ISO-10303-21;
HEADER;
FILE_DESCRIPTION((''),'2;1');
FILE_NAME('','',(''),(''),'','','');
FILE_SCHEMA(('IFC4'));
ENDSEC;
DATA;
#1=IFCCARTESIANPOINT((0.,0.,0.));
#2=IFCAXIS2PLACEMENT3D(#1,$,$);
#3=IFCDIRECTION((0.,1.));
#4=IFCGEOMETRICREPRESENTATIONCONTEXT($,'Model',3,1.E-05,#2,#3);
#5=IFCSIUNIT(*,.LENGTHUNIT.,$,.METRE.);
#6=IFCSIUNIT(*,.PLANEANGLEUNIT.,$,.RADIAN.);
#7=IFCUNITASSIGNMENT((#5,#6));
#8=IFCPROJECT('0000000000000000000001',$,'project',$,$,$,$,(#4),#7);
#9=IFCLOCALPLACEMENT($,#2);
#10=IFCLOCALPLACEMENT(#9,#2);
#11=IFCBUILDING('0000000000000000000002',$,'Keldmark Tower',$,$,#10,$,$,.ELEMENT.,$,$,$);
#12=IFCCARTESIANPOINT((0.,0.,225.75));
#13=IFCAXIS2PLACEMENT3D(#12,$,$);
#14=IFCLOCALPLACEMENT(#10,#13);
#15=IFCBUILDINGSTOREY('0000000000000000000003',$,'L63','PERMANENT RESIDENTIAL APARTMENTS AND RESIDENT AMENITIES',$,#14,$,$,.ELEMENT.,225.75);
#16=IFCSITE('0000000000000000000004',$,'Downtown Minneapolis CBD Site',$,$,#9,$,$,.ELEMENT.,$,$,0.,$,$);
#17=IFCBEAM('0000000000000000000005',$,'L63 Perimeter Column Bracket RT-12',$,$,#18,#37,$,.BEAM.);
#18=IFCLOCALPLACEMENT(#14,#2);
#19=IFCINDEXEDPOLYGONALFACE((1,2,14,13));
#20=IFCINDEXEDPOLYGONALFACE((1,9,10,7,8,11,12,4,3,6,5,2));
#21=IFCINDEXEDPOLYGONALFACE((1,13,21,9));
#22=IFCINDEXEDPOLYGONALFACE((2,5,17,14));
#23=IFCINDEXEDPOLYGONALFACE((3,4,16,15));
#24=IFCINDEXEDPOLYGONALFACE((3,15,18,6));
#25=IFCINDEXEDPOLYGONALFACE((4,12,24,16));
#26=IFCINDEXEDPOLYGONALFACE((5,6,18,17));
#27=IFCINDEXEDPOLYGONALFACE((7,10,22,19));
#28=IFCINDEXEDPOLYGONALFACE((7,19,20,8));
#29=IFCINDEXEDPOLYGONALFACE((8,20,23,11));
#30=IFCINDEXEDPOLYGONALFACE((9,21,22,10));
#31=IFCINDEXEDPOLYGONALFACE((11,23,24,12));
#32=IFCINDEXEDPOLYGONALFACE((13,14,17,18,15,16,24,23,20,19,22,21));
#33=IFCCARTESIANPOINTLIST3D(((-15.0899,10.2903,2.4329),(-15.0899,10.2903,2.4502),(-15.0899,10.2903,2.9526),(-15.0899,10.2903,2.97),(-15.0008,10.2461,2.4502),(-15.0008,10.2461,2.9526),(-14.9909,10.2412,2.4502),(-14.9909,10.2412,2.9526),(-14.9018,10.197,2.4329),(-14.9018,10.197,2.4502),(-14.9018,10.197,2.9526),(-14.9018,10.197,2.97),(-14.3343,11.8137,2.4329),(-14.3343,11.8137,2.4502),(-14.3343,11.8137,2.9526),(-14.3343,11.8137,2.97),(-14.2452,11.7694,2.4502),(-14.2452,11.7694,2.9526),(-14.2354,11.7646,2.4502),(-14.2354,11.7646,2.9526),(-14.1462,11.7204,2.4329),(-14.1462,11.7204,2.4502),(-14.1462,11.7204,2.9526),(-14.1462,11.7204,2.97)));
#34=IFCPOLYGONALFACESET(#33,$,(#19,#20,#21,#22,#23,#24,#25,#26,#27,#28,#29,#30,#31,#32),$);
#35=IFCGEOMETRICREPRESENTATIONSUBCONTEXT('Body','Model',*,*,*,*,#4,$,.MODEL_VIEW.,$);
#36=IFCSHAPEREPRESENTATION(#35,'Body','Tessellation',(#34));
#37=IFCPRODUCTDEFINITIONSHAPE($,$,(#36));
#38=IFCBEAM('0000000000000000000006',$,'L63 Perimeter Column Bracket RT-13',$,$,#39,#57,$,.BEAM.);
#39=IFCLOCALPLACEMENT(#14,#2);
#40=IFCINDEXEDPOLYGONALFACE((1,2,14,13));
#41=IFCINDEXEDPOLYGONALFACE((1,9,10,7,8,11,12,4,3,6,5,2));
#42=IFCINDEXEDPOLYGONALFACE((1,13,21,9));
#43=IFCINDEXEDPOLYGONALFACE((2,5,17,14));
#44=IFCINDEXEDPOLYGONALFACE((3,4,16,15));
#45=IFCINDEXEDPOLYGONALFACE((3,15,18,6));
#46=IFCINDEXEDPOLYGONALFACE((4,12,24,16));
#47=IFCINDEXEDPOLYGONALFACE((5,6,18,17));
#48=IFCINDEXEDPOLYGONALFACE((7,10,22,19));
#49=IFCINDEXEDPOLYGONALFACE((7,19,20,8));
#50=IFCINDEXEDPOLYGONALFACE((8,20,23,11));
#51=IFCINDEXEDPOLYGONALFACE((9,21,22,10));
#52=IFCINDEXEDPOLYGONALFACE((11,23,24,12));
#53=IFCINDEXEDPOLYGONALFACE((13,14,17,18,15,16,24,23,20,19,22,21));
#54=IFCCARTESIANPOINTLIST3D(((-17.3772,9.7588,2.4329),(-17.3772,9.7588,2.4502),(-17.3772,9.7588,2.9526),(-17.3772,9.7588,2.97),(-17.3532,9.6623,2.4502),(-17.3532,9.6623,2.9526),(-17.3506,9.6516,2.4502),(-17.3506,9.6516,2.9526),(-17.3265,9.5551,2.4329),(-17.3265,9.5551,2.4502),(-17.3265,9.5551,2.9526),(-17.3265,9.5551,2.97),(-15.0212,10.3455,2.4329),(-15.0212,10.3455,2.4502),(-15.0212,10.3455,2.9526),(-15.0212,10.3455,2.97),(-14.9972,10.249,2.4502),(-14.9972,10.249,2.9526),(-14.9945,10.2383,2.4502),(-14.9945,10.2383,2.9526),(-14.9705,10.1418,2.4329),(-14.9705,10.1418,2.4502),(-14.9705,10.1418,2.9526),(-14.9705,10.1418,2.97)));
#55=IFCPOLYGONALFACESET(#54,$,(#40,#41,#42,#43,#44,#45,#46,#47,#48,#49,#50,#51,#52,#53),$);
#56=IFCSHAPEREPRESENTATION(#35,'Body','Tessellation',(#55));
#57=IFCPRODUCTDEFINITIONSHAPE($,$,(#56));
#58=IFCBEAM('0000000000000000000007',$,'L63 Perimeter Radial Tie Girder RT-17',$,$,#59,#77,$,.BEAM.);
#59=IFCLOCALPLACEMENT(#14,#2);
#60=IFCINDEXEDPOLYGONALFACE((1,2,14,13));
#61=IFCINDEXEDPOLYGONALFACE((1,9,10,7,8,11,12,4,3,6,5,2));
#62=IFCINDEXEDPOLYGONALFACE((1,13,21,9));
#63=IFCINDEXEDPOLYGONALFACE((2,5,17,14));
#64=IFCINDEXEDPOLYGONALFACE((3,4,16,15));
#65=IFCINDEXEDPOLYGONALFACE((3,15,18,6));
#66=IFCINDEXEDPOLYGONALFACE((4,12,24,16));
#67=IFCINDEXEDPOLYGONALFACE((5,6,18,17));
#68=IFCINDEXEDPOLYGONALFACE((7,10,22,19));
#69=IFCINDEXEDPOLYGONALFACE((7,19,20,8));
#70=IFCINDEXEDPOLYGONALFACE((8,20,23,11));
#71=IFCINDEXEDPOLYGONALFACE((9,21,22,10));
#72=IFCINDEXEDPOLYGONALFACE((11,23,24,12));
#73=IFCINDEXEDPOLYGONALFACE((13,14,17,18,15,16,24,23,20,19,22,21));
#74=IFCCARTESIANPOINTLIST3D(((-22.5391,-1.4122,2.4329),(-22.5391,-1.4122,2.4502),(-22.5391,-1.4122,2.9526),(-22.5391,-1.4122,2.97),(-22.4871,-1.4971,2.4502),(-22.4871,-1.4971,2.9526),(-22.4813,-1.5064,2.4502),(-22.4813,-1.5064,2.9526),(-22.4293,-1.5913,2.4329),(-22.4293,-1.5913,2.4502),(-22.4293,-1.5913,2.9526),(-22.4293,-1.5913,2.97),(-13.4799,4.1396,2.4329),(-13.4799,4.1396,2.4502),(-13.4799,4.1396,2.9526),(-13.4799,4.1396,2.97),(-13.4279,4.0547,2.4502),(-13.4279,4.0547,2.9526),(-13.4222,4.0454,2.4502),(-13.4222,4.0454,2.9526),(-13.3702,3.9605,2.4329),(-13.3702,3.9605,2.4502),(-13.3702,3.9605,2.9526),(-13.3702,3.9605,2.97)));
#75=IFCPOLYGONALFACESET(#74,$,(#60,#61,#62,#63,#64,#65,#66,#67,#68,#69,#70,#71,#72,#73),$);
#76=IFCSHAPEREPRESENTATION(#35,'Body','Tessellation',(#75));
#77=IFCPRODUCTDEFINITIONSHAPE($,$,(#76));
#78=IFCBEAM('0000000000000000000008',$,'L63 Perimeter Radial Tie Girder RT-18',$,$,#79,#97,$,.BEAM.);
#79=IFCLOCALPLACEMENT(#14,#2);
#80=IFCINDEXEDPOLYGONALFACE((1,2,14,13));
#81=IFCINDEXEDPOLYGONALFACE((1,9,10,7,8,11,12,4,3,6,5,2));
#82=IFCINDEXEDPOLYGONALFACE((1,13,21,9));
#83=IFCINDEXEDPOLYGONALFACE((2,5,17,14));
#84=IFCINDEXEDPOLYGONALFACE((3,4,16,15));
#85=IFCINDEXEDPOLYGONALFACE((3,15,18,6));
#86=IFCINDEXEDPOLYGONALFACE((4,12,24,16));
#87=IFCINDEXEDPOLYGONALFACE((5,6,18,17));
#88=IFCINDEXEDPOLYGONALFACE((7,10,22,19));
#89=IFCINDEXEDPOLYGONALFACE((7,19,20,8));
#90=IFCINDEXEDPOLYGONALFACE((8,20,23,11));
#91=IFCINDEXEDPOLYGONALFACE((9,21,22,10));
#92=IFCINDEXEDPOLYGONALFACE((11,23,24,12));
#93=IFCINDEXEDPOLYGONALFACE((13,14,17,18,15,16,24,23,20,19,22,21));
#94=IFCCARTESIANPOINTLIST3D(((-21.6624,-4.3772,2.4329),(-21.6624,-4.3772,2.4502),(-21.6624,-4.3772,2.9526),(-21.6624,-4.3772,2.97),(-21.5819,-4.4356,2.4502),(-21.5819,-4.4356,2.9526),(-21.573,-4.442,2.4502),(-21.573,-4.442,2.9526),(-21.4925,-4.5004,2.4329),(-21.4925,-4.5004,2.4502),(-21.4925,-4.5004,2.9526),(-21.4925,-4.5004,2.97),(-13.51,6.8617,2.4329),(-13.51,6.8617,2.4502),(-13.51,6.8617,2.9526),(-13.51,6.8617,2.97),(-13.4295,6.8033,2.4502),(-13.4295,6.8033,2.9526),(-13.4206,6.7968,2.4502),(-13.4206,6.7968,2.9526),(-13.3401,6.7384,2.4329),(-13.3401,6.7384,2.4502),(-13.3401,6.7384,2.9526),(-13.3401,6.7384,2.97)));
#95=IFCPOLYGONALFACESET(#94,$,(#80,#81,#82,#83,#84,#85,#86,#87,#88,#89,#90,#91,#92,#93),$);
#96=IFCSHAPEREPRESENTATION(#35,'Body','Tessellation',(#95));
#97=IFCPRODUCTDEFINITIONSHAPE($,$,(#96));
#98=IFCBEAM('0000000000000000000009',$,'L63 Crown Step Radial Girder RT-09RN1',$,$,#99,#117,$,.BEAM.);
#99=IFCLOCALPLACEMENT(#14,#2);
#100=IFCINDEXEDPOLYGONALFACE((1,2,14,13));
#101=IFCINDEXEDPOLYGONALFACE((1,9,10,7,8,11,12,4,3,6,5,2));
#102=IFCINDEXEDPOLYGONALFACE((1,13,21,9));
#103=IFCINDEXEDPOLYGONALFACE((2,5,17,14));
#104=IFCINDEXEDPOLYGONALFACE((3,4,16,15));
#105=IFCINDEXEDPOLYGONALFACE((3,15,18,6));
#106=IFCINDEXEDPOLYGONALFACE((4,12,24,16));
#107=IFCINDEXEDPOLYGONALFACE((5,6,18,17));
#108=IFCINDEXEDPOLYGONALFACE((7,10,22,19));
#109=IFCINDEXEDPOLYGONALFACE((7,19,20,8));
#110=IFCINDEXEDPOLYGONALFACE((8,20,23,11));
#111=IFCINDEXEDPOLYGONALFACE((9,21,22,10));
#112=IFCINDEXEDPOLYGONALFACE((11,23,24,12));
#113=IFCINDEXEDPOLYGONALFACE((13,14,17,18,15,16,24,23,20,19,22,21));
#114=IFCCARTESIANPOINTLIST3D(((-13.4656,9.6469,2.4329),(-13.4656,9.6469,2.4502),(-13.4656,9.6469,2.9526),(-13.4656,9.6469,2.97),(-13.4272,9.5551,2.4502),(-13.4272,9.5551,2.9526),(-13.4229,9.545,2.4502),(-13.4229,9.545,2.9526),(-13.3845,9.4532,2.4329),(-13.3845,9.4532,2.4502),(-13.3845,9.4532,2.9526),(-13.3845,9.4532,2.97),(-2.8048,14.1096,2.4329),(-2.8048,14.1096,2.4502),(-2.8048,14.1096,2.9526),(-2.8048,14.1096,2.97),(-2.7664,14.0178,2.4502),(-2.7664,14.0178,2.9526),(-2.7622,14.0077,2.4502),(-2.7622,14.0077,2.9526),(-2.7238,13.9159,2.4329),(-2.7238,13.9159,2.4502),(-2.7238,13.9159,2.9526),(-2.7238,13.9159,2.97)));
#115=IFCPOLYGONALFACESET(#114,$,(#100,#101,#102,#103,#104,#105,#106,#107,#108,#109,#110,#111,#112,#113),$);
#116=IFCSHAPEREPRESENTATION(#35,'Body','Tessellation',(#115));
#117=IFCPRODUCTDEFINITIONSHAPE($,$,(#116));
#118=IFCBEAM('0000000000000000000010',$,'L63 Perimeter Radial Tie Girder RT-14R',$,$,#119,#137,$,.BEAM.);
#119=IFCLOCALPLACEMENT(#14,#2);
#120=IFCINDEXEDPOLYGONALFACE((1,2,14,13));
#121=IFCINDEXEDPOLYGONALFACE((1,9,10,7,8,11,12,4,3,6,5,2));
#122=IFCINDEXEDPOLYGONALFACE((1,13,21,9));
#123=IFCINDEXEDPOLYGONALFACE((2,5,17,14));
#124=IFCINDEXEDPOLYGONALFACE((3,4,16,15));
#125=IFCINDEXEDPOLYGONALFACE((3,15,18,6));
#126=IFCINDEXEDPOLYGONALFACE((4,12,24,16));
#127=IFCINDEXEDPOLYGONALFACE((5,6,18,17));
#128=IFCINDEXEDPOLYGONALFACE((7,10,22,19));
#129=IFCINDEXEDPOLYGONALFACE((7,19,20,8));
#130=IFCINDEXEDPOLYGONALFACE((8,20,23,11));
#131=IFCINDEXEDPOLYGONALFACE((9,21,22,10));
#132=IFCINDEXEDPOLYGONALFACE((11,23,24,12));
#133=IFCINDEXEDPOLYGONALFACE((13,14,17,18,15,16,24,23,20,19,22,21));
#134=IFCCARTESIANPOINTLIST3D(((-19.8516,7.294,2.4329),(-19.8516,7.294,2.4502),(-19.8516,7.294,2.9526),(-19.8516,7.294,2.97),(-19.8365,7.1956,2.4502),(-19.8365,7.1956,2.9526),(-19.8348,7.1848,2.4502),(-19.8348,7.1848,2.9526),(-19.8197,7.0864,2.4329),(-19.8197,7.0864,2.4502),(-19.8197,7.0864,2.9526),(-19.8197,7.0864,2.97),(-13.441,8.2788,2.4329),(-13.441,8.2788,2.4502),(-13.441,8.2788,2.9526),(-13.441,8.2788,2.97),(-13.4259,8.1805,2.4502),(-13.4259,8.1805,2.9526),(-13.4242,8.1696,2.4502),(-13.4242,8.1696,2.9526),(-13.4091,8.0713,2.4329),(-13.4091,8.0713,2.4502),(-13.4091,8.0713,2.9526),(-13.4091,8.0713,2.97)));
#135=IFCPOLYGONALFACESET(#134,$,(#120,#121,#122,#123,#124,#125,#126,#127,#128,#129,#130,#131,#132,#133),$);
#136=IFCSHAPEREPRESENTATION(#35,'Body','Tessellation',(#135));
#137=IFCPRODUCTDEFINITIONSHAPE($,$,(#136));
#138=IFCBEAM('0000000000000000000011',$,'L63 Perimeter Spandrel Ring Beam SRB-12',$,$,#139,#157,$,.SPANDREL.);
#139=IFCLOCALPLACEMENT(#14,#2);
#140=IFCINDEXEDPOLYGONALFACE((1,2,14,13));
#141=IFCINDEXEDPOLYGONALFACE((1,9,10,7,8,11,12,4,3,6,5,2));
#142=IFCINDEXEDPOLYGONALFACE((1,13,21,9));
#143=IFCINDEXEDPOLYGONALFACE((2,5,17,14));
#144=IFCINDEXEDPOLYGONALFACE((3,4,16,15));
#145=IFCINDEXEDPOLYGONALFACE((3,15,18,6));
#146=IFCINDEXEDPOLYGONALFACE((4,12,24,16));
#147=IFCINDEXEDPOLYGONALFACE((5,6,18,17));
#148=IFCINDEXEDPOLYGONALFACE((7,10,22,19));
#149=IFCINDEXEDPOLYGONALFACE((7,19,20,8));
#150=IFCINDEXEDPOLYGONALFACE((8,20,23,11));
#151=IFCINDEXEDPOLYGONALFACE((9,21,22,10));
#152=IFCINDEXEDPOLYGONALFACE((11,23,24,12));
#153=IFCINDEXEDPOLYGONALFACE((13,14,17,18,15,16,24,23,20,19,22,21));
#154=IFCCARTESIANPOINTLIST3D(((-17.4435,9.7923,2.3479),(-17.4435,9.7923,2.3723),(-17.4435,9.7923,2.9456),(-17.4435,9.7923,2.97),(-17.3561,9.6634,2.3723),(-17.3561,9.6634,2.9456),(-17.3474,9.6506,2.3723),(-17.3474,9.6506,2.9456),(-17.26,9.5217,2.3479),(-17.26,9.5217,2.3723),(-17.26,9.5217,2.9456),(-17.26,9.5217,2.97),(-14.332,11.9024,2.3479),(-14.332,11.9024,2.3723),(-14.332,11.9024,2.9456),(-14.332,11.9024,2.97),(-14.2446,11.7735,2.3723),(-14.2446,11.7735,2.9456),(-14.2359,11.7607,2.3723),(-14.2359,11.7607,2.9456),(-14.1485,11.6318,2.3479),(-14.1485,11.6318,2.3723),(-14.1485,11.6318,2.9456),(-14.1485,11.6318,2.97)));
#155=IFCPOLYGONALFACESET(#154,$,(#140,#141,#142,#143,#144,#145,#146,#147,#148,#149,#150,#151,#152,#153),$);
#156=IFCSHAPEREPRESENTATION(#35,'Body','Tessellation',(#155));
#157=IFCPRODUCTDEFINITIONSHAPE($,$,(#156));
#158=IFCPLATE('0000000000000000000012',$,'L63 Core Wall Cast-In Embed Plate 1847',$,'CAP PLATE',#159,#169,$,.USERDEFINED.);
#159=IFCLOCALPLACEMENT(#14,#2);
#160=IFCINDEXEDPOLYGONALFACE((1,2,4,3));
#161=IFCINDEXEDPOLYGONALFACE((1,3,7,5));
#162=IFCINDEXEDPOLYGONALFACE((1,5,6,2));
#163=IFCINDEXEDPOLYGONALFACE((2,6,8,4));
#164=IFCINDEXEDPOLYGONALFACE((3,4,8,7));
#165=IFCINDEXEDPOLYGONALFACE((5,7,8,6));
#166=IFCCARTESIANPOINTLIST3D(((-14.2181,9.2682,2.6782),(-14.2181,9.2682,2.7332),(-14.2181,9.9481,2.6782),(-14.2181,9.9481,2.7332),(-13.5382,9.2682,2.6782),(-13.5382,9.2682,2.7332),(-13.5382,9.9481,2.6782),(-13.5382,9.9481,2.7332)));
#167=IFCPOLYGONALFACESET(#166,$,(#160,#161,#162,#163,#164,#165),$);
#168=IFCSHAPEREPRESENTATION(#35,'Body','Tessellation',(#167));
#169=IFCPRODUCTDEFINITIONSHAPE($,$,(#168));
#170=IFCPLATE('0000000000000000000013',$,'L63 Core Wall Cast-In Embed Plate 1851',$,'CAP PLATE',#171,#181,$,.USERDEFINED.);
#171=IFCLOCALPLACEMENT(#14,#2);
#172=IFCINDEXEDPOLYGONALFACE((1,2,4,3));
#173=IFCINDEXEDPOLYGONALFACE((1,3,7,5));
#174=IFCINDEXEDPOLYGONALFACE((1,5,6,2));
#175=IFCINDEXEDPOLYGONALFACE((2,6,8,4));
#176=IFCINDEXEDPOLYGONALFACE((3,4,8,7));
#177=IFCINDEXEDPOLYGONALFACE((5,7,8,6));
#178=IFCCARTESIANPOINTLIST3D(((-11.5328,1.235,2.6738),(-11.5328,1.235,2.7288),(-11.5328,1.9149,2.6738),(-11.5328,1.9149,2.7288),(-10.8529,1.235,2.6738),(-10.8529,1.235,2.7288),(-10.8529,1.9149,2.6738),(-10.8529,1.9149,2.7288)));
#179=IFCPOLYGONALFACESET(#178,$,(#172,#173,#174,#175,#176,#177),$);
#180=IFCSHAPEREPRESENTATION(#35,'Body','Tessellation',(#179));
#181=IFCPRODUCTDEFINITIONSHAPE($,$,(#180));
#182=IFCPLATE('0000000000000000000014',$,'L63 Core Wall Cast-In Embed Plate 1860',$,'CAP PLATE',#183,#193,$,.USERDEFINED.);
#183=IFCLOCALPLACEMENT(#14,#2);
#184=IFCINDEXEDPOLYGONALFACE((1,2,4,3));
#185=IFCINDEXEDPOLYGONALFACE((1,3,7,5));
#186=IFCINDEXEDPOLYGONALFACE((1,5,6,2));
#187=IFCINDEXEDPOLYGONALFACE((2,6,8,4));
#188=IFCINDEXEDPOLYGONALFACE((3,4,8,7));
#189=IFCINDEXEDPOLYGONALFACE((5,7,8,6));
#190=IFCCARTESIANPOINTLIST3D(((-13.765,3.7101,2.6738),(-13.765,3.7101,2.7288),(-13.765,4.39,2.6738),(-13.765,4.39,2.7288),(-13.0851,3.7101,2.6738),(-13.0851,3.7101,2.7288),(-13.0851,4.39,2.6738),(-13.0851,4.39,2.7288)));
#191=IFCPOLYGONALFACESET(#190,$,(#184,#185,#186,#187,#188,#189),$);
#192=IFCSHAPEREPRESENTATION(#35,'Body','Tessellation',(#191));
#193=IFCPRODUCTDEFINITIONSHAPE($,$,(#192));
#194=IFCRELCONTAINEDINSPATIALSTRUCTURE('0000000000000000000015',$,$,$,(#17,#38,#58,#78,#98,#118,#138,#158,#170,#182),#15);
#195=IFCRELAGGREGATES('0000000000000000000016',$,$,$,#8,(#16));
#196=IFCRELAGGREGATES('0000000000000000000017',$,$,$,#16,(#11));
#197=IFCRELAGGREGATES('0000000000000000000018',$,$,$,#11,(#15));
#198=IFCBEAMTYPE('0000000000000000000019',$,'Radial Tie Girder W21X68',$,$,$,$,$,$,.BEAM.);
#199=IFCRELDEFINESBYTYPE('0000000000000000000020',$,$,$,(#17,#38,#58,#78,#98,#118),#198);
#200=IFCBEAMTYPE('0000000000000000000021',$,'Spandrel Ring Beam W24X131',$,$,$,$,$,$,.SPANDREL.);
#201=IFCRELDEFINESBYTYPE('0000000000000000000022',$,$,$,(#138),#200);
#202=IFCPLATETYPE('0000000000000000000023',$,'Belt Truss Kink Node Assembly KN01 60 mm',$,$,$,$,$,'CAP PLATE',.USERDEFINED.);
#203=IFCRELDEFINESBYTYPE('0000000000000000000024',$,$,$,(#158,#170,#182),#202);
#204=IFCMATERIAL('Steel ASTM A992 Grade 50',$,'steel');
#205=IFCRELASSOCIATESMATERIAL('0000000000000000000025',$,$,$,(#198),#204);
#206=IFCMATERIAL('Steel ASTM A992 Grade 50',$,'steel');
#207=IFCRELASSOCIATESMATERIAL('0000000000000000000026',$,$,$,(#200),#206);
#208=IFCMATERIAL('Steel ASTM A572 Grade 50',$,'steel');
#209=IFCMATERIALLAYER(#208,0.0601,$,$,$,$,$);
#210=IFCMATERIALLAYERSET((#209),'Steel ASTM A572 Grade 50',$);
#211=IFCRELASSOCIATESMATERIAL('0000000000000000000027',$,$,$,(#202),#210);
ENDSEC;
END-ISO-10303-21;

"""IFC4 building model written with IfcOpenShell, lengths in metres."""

from ifc_helpers import new_model, si_unit, direction, frame, origin, origin_2d, place, context, subcontext, project, spatial, rectangle, i_section, extrude, material, layer, layer_set, material_profile, profile_set, type_object, element, save


model = new_model("IFC4")

# Units and contexts
model_context = context("Model", 3, precision=1e-05, world=origin(), true_north=direction((0.0, 1.0)))
body_context = subcontext(model_context, "Body", "Model", "MODEL_VIEW")
ifc_project = project(units=[si_unit("LENGTHUNIT", "METRE"), si_unit("PLANEANGLEUNIT", "RADIAN")], contexts=[model_context])

# Site, building, storey
site_placement = place(None, origin())
site = spatial("IfcSite", under=ifc_project, at=site_placement, Name="Downtown Minneapolis CBD Site", CompositionType="ELEMENT", RefElevation=0.0)
building_placement = place(site_placement, origin())
building = spatial("IfcBuilding", under=site, at=building_placement, Name="Keldmark Tower", CompositionType="ELEMENT")
storey_placement = place(building_placement, frame((0.0, 0.0, 225.75)))
storey = spatial("IfcBuildingStorey", under=building, at=storey_placement, Name="L63", Description="PERMANENT RESIDENTIAL APARTMENTS AND RESIDENT AMENITIES", CompositionType="ELEMENT", Elevation=225.75)

# Beams
ifc_material_1 = material(Name="Steel ASTM A992 Grade 50", Category="steel")
ifc_material_profile_1 = material_profile(ifc_material_1, i_section(OverallWidth=0.21, OverallDepth=0.5371, WebThickness=0.011, FlangeThickness=0.0173, at=origin_2d()), Name="W21X68")
ifc_profile_set_1 = profile_set([ifc_material_profile_1], Name="Steel ASTM A992 Grade 50")
beam_type_1 = type_object("IfcBeamType", Name="Radial Tie Girder W21X68", PredefinedType="BEAM", material=ifc_profile_set_1)
beam_1_placement = place(storey_placement, frame((-14.9958, 10.2437, 2.7014), z_axis=(0.44434, 0.895858, 0.0), x_axis=(-0.895858, 0.44434, 0.0)))
element("IfcBeam", 1, at=beam_1_placement, inside=storey, type_object=beam_type_1, Name="L63 Perimeter Column Bracket RT-12", PredefinedType="BEAM", context=body_context, shape_type="SweptSolid", body=[
    extrude(i_section(OverallWidth=0.21, OverallDepth=0.5371, WebThickness=0.011, FlangeThickness=0.0173, at=origin_2d()), origin(), (0.0, 0.0, 1.0), 1.7004),
])
beam_2_placement = place(storey_placement, frame((-14.9958, 10.2437, 2.7014), z_axis=(-0.970367, -0.241636, 0.0), x_axis=(0.241636, -0.970367, 0.0)))
element("IfcBeam", 2, at=beam_2_placement, inside=storey, type_object=beam_type_1, Name="L63 Perimeter Column Bracket RT-13", PredefinedType="BEAM", context=body_context, shape_type="SweptSolid", body=[
    extrude(i_section(OverallWidth=0.21, OverallDepth=0.5371, WebThickness=0.011, FlangeThickness=0.0173, at=origin_2d()), origin(), (0.0, 0.0, 1.0), 2.428),
])
beam_3_placement = place(storey_placement, frame((-13.425, 4.05, 2.7014), z_axis=(-0.852626, -0.522522, 0.0), x_axis=(0.522522, -0.852626, 0.0)))
element("IfcBeam", 3, at=beam_3_placement, inside=storey, type_object=beam_type_1, Name="L63 Perimeter Radial Tie Girder RT-17", PredefinedType="BEAM", context=body_context, shape_type="SweptSolid", body=[
    extrude(i_section(OverallWidth=0.21, OverallDepth=0.5371, WebThickness=0.011, FlangeThickness=0.0173, at=origin_2d()), origin(), (0.0, 0.0, 1.0), 10.625),
])
beam_4_placement = place(storey_placement, frame((-13.425, 6.8, 2.7014), z_axis=(-0.587168, -0.809465, 0.0), x_axis=(0.809465, -0.587168, 0.0)))
element("IfcBeam", 4, at=beam_4_placement, inside=storey, type_object=beam_type_1, Name="L63 Perimeter Radial Tie Girder RT-18", PredefinedType="BEAM", context=body_context, shape_type="SweptSolid", body=[
    extrude(i_section(OverallWidth=0.21, OverallDepth=0.5371, WebThickness=0.011, FlangeThickness=0.0173, at=origin_2d()), origin(), (0.0, 0.0, 1.0), 13.8843),
])
beam_5_placement = place(storey_placement, frame((-13.425, 9.55, 2.7014), z_axis=(0.922439, 0.386142, 0.0), x_axis=(-0.386142, 0.922439, 0.0)))
element("IfcBeam", 5, at=beam_5_placement, inside=storey, type_object=beam_type_1, Name="L63 Crown Step Radial Girder RT-09RN1", PredefinedType="BEAM", context=body_context, shape_type="SweptSolid", body=[
    extrude(i_section(OverallWidth=0.21, OverallDepth=0.5371, WebThickness=0.011, FlangeThickness=0.0173, at=origin_2d()), origin(), (0.0, 0.0, 1.0), 11.5571),
])
beam_6_placement = place(storey_placement, frame((-13.425, 8.175, 2.7014), z_axis=(-0.988404, -0.151848, 0.0), x_axis=(0.151848, -0.988404, 0.0)))
element("IfcBeam", 6, at=beam_6_placement, inside=storey, type_object=beam_type_1, Name="L63 Perimeter Radial Tie Girder RT-14R", PredefinedType="BEAM", context=body_context, shape_type="SweptSolid", body=[
    extrude(i_section(OverallWidth=0.21, OverallDepth=0.5371, WebThickness=0.011, FlangeThickness=0.0173, at=origin_2d()), origin(), (0.0, 0.0, 1.0), 6.4858),
])
ifc_material_2 = material(Name="Steel ASTM A992 Grade 50", Category="steel")
ifc_material_profile_2 = material_profile(ifc_material_2, i_section(OverallWidth=0.3269, OverallDepth=0.6221, WebThickness=0.0154, FlangeThickness=0.0244, at=origin_2d()), Name="W24X131")
ifc_profile_set_2 = profile_set([ifc_material_profile_2], Name="Steel ASTM A992 Grade 50")
beam_type_2 = type_object("IfcBeamType", Name="Spandrel Ring Beam W24X131", PredefinedType="SPANDREL", material=ifc_profile_set_2)
beam_7_placement = place(storey_placement, frame((-14.2402, 11.7671, 2.6589), z_axis=(-0.827638, -0.561262, 0.0), x_axis=(0.561262, -0.827638, 0.0)))
element("IfcBeam", 7, at=beam_7_placement, inside=storey, type_object=beam_type_2, Name="L63 Perimeter Spandrel Ring Beam SRB-12", PredefinedType="SPANDREL", context=body_context, shape_type="SweptSolid", body=[
    extrude(i_section(OverallWidth=0.3269, OverallDepth=0.6221, WebThickness=0.0154, FlangeThickness=0.0244, at=origin_2d()), origin(), (0.0, 0.0, 1.0), 3.7595),
])

# Plates
ifc_material_3 = material(Name="Steel ASTM A572 Grade 50", Category="steel")
ifc_layer_1 = layer(ifc_material_3, 0.0601)
ifc_layer_set_1 = layer_set([ifc_layer_1], Name="Steel ASTM A572 Grade 50")
plate_type_1 = type_object("IfcPlateType", Name="Belt Truss Kink Node Assembly KN01 60 mm", ElementType="CAP PLATE", PredefinedType="USERDEFINED", material=ifc_layer_set_1)
for number, where, z_axis, x_axis, name in (
    (8, (-13.8782, 9.6082, 2.6782), (0.0, 0.0, 1.0), (1.0, 0.0, 0.0), "L63 Core Wall Cast-In Embed Plate 1847"),
    (9, (-11.1929, 1.575, 2.6738), (0.0, 0.0, 1.0), (1.0, 0.0, 0.0), "L63 Core Wall Cast-In Embed Plate 1851"),
    (10, (-13.425, 4.05, 2.6738), (0.0, 0.0, 1.0), (1.0, 0.0, 0.0), "L63 Core Wall Cast-In Embed Plate 1860"),
):
    element("IfcPlate", number, at=place(storey_placement, frame(where, z_axis=z_axis, x_axis=x_axis)), inside=storey, type_object=plate_type_1, Name=name, ObjectType="CAP PLATE", PredefinedType="USERDEFINED", context=body_context, shape_type="SweptSolid", body=[
        extrude(rectangle(XDim=0.6799, YDim=0.6799, at=origin_2d()), origin(), (0.0, 0.0, 1.0), 0.0549),
    ])

save(model, "model.ifc")
